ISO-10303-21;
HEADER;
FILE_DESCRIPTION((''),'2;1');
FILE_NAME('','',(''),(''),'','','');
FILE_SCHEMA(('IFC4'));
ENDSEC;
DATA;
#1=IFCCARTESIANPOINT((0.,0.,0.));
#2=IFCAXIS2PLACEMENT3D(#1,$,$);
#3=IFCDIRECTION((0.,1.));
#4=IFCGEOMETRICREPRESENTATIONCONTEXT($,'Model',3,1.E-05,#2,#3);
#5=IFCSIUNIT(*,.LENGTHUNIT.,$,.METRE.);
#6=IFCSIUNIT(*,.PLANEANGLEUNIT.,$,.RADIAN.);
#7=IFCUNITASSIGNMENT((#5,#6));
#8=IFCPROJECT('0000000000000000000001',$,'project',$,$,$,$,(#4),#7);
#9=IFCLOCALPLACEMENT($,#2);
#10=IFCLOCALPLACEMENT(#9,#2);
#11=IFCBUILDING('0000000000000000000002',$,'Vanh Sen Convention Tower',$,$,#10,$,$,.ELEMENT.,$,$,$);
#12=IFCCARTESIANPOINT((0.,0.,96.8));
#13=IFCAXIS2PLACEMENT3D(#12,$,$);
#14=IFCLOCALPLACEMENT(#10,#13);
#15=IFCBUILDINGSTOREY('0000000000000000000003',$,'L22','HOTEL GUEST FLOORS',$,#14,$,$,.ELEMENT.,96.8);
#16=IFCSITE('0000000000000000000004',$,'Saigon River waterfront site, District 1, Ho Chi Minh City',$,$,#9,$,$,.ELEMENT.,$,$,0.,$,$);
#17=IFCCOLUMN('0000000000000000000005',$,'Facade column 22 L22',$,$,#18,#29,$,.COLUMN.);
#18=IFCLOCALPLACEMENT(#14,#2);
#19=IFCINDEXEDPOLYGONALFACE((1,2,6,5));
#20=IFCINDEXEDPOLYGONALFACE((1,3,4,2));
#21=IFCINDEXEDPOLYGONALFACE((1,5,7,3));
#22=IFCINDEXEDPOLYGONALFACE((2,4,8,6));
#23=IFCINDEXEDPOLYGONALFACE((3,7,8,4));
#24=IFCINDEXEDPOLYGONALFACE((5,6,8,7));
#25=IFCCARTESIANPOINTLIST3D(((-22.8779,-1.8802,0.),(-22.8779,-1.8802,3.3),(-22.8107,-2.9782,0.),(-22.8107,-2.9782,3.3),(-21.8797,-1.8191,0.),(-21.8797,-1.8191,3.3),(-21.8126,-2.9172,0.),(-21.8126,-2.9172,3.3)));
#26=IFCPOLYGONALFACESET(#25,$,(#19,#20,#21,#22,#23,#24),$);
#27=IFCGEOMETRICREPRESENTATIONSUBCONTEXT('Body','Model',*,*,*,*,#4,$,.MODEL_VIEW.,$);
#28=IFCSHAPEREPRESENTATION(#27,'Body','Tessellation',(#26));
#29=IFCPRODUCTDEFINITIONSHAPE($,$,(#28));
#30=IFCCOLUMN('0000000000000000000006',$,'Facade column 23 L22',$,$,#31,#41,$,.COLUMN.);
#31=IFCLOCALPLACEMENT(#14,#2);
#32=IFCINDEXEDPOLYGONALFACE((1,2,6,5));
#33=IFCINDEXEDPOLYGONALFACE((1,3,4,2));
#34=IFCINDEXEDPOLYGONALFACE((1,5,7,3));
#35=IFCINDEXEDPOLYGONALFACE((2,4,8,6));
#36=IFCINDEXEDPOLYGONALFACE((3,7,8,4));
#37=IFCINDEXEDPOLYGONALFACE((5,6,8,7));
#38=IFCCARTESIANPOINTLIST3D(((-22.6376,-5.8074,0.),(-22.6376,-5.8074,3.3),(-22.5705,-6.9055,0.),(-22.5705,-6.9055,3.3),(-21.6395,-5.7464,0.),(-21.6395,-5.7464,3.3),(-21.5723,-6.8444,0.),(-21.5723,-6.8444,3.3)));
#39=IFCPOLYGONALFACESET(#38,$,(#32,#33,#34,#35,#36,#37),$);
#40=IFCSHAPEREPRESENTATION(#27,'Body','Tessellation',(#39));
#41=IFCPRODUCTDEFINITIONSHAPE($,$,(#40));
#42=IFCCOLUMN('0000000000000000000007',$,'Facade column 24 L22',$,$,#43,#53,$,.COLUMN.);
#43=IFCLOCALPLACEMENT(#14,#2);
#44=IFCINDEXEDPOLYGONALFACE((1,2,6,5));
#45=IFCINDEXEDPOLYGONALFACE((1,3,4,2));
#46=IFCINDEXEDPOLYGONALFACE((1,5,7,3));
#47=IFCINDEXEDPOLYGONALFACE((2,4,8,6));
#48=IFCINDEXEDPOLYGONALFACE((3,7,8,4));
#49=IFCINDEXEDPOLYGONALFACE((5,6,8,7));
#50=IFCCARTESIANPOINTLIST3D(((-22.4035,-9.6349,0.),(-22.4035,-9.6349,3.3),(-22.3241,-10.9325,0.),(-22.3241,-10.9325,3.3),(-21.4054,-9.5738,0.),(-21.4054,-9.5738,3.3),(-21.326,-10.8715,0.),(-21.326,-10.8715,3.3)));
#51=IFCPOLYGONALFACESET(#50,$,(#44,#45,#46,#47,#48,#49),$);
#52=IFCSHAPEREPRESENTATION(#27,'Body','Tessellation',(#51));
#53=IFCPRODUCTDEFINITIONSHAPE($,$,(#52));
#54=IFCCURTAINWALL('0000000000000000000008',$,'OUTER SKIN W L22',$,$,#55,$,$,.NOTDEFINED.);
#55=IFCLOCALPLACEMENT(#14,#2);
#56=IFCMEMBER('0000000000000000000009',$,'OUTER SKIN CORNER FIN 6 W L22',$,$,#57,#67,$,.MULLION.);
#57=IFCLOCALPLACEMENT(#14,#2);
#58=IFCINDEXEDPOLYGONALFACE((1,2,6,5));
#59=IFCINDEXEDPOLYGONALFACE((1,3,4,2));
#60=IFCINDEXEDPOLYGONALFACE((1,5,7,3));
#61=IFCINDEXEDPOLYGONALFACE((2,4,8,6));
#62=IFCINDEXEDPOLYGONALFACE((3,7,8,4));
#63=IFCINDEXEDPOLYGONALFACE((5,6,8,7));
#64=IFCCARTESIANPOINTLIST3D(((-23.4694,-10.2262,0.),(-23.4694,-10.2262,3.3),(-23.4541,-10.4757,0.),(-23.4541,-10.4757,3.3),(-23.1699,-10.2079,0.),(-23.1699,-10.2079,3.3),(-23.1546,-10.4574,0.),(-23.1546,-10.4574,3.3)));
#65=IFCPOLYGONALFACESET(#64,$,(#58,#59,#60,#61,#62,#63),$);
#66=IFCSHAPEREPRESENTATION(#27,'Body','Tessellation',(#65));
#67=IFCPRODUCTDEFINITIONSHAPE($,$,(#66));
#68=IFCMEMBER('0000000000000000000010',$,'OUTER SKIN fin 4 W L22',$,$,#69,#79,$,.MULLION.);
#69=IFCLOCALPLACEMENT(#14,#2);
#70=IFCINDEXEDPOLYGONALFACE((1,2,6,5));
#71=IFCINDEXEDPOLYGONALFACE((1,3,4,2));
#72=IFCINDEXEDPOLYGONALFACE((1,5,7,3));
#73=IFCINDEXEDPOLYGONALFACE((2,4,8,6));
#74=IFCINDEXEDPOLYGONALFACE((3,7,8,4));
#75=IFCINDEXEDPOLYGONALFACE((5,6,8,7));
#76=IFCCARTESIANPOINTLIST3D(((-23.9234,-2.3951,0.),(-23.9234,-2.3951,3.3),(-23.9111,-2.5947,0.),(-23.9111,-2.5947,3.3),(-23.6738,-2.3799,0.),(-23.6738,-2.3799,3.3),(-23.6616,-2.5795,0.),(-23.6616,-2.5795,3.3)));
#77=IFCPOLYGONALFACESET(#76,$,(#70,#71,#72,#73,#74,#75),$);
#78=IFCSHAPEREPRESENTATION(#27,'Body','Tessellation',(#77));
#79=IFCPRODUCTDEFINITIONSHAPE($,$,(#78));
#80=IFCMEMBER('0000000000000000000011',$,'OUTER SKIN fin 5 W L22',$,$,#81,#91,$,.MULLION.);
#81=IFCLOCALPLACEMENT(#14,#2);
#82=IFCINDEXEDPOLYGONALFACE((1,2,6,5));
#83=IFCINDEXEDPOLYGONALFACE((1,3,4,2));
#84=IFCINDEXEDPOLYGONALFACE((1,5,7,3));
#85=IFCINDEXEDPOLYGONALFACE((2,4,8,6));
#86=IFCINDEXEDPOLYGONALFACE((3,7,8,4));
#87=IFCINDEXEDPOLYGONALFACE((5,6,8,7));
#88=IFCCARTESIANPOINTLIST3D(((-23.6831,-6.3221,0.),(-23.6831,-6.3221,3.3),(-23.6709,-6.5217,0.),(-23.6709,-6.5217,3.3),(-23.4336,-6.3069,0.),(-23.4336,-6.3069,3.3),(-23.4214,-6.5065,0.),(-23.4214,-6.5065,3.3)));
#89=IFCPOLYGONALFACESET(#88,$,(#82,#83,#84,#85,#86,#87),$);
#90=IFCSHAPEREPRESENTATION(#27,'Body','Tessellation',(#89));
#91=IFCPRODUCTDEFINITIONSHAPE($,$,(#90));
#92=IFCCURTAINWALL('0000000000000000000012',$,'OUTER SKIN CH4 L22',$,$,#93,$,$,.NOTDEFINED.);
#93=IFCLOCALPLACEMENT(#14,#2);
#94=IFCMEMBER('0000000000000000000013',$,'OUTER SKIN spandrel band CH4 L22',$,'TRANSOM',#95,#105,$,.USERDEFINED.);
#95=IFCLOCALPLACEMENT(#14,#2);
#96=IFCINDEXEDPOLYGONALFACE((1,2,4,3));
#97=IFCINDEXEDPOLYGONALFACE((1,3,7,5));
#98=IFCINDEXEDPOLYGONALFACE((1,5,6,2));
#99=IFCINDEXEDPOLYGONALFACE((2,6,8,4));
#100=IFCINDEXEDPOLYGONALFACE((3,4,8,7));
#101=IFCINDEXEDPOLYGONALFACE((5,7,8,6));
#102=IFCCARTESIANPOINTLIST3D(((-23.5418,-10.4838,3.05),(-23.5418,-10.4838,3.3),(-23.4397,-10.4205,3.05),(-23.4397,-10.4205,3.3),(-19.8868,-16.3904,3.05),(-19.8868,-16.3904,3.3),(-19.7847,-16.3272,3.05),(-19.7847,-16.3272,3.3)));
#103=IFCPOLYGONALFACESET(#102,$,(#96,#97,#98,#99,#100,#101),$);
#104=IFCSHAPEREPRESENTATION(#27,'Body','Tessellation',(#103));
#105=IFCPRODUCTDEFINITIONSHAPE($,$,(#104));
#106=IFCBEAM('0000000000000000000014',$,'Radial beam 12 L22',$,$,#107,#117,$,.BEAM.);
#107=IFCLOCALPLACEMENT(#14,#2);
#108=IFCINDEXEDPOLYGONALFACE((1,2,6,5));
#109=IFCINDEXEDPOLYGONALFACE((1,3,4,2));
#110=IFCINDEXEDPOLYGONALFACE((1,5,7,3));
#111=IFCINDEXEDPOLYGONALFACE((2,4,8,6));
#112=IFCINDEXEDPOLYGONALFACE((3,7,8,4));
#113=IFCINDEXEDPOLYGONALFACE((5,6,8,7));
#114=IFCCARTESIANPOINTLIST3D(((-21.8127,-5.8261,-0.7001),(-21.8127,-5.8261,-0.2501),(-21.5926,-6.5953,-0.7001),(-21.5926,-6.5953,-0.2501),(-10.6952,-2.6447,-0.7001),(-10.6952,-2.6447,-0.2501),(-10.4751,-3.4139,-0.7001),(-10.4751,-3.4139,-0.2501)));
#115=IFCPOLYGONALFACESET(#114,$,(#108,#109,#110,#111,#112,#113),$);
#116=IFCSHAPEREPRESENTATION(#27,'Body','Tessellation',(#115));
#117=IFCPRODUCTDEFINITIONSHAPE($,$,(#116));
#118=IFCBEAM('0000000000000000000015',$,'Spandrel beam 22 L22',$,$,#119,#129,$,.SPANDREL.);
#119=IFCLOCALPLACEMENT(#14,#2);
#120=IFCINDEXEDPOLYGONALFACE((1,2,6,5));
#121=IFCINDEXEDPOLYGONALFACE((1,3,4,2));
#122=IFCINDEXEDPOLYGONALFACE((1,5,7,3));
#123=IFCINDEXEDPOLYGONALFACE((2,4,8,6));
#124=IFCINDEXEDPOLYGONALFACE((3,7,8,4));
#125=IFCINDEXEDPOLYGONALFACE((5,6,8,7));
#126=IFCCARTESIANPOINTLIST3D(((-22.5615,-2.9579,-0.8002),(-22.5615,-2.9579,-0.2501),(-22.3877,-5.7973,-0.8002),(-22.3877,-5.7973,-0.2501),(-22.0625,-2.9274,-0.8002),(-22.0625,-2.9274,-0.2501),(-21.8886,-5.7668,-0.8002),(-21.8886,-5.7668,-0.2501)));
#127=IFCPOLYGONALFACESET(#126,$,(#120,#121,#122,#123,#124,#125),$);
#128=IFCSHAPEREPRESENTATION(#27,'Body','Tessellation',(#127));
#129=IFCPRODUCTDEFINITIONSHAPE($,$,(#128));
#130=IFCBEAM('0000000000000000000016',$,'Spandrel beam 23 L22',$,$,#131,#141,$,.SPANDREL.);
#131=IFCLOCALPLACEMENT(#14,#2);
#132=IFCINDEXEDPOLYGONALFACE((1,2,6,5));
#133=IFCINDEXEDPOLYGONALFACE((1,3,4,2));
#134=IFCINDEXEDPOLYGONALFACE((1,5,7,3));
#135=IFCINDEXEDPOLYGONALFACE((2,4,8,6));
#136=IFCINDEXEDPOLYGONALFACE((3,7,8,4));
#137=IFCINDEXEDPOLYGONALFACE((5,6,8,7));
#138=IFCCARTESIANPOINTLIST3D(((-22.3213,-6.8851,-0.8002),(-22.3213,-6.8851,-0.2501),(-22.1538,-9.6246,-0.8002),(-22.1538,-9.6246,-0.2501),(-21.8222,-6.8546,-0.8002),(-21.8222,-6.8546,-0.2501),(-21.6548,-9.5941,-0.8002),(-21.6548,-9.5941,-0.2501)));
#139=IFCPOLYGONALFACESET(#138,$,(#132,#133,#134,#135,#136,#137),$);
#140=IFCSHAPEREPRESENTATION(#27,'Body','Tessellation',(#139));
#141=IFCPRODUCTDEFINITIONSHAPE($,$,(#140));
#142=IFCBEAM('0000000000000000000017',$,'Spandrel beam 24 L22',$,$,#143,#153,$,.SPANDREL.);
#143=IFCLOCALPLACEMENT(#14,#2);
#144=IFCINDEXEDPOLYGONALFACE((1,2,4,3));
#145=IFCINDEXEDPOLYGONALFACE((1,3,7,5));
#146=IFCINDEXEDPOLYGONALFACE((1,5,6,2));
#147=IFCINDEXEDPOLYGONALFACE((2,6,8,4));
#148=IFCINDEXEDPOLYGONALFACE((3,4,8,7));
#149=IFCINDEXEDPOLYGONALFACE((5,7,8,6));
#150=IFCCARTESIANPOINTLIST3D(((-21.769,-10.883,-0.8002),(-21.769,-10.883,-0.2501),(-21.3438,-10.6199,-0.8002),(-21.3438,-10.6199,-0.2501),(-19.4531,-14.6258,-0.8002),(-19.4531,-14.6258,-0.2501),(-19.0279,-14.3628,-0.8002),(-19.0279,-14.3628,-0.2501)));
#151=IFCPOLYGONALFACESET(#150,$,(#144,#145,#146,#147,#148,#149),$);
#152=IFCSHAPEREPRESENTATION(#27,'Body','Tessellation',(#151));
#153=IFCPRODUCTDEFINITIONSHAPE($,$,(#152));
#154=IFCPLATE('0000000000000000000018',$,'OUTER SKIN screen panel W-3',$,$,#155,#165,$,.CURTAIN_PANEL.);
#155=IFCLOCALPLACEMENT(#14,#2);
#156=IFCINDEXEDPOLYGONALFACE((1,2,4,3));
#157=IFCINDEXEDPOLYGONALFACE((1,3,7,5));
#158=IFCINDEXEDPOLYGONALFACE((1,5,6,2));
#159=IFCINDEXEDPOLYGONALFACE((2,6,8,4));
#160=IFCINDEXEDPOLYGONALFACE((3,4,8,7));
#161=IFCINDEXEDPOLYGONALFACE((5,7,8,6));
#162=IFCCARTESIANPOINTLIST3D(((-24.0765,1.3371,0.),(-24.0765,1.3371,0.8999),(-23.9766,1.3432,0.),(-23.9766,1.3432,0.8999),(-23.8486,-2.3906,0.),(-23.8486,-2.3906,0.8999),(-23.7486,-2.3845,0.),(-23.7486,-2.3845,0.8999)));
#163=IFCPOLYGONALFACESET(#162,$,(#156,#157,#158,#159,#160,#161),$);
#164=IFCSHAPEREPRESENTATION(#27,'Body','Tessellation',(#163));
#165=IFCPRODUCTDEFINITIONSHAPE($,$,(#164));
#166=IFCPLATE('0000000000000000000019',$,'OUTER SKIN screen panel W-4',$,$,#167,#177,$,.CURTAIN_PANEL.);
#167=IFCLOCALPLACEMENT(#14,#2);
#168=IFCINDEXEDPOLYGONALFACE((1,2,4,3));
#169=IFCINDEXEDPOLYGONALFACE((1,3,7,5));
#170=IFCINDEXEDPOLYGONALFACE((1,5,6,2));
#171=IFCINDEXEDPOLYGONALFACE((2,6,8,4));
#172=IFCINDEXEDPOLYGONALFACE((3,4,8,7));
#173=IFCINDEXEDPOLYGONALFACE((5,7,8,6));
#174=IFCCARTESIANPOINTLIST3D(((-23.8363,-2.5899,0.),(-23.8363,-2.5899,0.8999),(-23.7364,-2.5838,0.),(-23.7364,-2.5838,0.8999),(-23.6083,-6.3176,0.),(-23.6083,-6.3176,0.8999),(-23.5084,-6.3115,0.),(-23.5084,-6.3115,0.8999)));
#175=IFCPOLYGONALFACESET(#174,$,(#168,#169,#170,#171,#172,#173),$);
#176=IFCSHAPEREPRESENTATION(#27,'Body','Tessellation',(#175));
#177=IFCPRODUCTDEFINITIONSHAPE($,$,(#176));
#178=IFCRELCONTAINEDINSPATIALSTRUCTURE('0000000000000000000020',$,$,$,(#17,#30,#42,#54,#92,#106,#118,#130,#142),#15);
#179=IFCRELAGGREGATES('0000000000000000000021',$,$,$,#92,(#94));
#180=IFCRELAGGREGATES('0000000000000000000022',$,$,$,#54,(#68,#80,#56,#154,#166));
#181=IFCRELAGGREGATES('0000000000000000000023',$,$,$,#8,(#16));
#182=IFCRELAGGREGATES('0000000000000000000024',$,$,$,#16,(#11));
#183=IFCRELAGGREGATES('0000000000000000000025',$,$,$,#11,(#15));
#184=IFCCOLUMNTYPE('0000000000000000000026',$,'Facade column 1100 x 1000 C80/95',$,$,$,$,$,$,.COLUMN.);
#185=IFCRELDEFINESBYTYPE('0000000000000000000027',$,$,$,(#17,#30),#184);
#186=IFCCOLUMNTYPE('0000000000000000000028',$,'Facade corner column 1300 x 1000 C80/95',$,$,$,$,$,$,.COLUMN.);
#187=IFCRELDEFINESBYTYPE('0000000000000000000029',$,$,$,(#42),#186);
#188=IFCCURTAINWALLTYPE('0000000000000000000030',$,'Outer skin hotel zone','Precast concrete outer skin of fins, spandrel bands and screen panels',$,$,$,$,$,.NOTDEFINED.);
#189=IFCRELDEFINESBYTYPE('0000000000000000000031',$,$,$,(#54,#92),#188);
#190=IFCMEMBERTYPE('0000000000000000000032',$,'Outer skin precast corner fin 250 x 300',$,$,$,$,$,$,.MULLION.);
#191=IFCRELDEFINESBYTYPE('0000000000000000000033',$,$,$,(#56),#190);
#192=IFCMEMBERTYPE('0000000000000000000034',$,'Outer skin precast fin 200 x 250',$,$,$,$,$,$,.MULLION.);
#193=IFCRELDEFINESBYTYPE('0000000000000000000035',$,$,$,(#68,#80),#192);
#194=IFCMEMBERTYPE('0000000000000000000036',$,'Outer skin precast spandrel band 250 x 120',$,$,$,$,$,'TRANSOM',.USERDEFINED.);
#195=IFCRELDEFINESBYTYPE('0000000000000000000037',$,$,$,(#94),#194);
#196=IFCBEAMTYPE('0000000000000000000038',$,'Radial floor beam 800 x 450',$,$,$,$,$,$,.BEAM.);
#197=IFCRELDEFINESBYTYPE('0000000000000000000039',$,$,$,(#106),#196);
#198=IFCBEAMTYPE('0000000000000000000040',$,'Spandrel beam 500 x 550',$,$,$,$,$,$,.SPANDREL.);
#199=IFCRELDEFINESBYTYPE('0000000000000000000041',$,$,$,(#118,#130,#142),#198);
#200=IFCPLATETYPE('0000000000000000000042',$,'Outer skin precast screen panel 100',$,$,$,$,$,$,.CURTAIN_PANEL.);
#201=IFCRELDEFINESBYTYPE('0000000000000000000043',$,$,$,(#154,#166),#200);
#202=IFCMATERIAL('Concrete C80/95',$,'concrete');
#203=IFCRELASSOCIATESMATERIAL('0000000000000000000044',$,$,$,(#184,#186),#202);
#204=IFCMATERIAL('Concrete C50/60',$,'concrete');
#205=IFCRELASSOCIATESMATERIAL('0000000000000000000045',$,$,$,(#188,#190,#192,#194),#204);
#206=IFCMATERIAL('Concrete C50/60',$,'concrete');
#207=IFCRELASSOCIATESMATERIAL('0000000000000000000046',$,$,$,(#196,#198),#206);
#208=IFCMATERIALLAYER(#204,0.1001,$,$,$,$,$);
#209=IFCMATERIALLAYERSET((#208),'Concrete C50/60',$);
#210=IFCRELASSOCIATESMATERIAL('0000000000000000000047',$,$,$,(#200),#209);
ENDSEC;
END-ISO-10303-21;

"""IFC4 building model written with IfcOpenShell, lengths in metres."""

from ifc_helpers import new_model, si_unit, direction, frame, origin, origin_2d, place, context, subcontext, project, spatial, rectangle, extrude, material, layer, layer_set, material_profile, profile_set, type_object, element, aggregate, save


model = new_model("IFC4")

# Units and contexts
model_context = context("Model", 3, precision=1e-05, world=origin(), true_north=direction((0.0, 1.0)))
body_context = subcontext(model_context, "Body", "Model", "MODEL_VIEW")
ifc_project = project(units=[si_unit("LENGTHUNIT", "METRE"), si_unit("PLANEANGLEUNIT", "RADIAN")], contexts=[model_context])

# Site, building, storey
site_placement = place(None, origin())
site = spatial("IfcSite", under=ifc_project, at=site_placement, Name="Saigon River waterfront site, District 1, Ho Chi Minh City", CompositionType="ELEMENT", RefElevation=0.0)
building_placement = place(site_placement, origin())
building = spatial("IfcBuilding", under=site, at=building_placement, Name="Vanh Sen Convention Tower", CompositionType="ELEMENT")
storey_placement = place(building_placement, frame((0.0, 0.0, 96.8)))
storey = spatial("IfcBuildingStorey", under=building, at=storey_placement, Name="L22", Description="HOTEL GUEST FLOORS", CompositionType="ELEMENT", Elevation=96.8)

# Columns
ifc_material_1 = material(Name="Concrete C80/95", Category="concrete")
ifc_material_profile_1 = material_profile(ifc_material_1, rectangle(XDim=1.1001, YDim=1.0, at=origin_2d()), Name="RC 1100X1000")
ifc_profile_set_1 = profile_set([ifc_material_profile_1], Name="Concrete C80/95")
column_type_1 = type_object("IfcColumnType", Name="Facade column 1100 x 1000 C80/95", PredefinedType="COLUMN", material=ifc_profile_set_1)
for number, where, z_axis, x_axis, name in (
    (1, (-22.3452, -2.3987, 0.0), (0.0, 0.0, 1.0), (0.061049, -0.998135, 0.0), "Facade column 22 L22"),
    (2, (-22.105, -6.3259, 0.0), (0.0, 0.0, 1.0), (0.061049, -0.998135, 0.0), "Facade column 23 L22"),
):
    element("IfcColumn", number, at=place(storey_placement, frame(where, z_axis=z_axis, x_axis=x_axis)), inside=storey, type_object=column_type_1, Name=name, PredefinedType="COLUMN", context=body_context, shape_type="SweptSolid", body=[
        extrude(rectangle(XDim=1.1001, YDim=1.0, at=origin_2d()), origin(), (0.0, 0.0, 1.0), 3.3),
    ])
ifc_material_profile_2 = material_profile(ifc_material_1, rectangle(XDim=1.3, YDim=1.0, at=origin_2d()), Name="RC 1300X1000")
ifc_profile_set_2 = profile_set([ifc_material_profile_2], Name="Concrete C80/95")
column_type_2 = type_object("IfcColumnType", Name="Facade corner column 1300 x 1000 C80/95", PredefinedType="COLUMN", material=ifc_profile_set_2)
column_placement = place(storey_placement, frame((-21.8647, -10.2532, 0.0), z_axis=(0.0, 0.0, 1.0), x_axis=(0.061049, -0.998135, 0.0)))
element("IfcColumn", 3, at=column_placement, inside=storey, type_object=column_type_2, Name="Facade column 24 L22", PredefinedType="COLUMN", context=body_context, shape_type="SweptSolid", body=[
    extrude(rectangle(XDim=1.3, YDim=1.0, at=origin_2d()), origin(), (0.0, 0.0, 1.0), 3.3),
])

# Curtain wall, members
ifc_material_2 = material(Name="Concrete C50/60", Category="concrete")
curtain_wall_type = type_object("IfcCurtainWallType", Name="Outer skin hotel zone", Description="Precast concrete outer skin of fins, spandrel bands and screen panels", PredefinedType="NOTDEFINED", material=ifc_material_2)
curtain_wall_1_placement = place(storey_placement, origin())
curtain_wall_1 = element("IfcCurtainWall", 4, at=curtain_wall_1_placement, inside=storey, type_object=curtain_wall_type, Name="OUTER SKIN W L22", PredefinedType="NOTDEFINED")
ifc_material_profile_3 = material_profile(ifc_material_2, rectangle(XDim=0.25, YDim=0.3, at=origin_2d()), Name="Outer skin precast corner fin 250 x 300")
ifc_profile_set_3 = profile_set([ifc_material_profile_3], Name="Concrete C50/60")
member_type_1 = type_object("IfcMemberType", Name="Outer skin precast corner fin 250 x 300", PredefinedType="MULLION", material=ifc_profile_set_3)
member_1_placement = place(storey_placement, frame((-23.312, -10.3418, 0.0), z_axis=(0.0, 0.0, 1.0), x_axis=(0.061049, -0.998135, 0.0)))
member_1 = element("IfcMember", 5, at=member_1_placement, type_object=member_type_1, Name="OUTER SKIN CORNER FIN 6 W L22", PredefinedType="MULLION", context=body_context, shape_type="SweptSolid", body=[
    extrude(rectangle(XDim=0.25, YDim=0.3, at=origin_2d()), origin(), (0.0, 0.0, 1.0), 3.3),
])
ifc_material_profile_4 = material_profile(ifc_material_2, rectangle(XDim=0.2, YDim=0.25, at=origin_2d()), Name="Outer skin precast fin 200 x 250")
ifc_profile_set_4 = profile_set([ifc_material_profile_4], Name="Concrete C50/60")
member_type_2 = type_object("IfcMemberType", Name="Outer skin precast fin 200 x 250", PredefinedType="MULLION", material=ifc_profile_set_4)
member_2_placement = place(storey_placement, frame((-23.7925, -2.4873, 0.0), z_axis=(0.0, 0.0, 1.0), x_axis=(0.061049, -0.998135, 0.0)))
member_2 = element("IfcMember", 6, at=member_2_placement, type_object=member_type_2, Name="OUTER SKIN fin 4 W L22", PredefinedType="MULLION", context=body_context, shape_type="SweptSolid", body=[
    extrude(rectangle(XDim=0.2, YDim=0.25, at=origin_2d()), origin(), (0.0, 0.0, 1.0), 3.3),
])
member_3_placement = place(storey_placement, frame((-23.5522, -6.4143, 0.0), z_axis=(0.0, 0.0, 1.0), x_axis=(0.061049, -0.998135, 0.0)))
member_3 = element("IfcMember", 7, at=member_3_placement, type_object=member_type_2, Name="OUTER SKIN fin 5 W L22", PredefinedType="MULLION", context=body_context, shape_type="SweptSolid", body=[
    extrude(rectangle(XDim=0.2, YDim=0.25, at=origin_2d()), origin(), (0.0, 0.0, 1.0), 3.3),
])

# Curtain wall, member
curtain_wall_2_placement = place(storey_placement, origin())
curtain_wall_2 = element("IfcCurtainWall", 8, at=curtain_wall_2_placement, inside=storey, type_object=curtain_wall_type, Name="OUTER SKIN CH4 L22", PredefinedType="NOTDEFINED")
ifc_material_profile_5 = material_profile(ifc_material_2, rectangle(XDim=0.1201, YDim=0.25, at=origin_2d()), Name="Outer skin precast spandrel band 250 x 120")
ifc_profile_set_5 = profile_set([ifc_material_profile_5], Name="Concrete C50/60")
member_type_3 = type_object("IfcMemberType", Name="Outer skin precast spandrel band 250 x 120", ElementType="TRANSOM", PredefinedType="USERDEFINED", material=ifc_profile_set_5)
member_4_placement = place(storey_placement, frame((-23.4907, -10.4521, 3.175), z_axis=(0.526196, -0.850363, 0.0), x_axis=(0.850363, 0.526196, 0.0)))
member_4 = element("IfcMember", 9, at=member_4_placement, type_object=member_type_3, Name="OUTER SKIN spandrel band CH4 L22", ObjectType="TRANSOM", PredefinedType="USERDEFINED", context=body_context, shape_type="SweptSolid", body=[
    extrude(rectangle(XDim=0.1201, YDim=0.25, at=origin_2d()), origin(), (0.0, 0.0, 1.0), 6.946),
])
aggregate(curtain_wall_2, [member_4])

# Beams
ifc_material_3 = material(Name="Concrete C50/60", Category="concrete")
ifc_material_profile_6 = material_profile(ifc_material_3, rectangle(XDim=0.8, YDim=0.45, at=origin_2d()), Name="RC 800X450")
ifc_profile_set_6 = profile_set([ifc_material_profile_6], Name="Concrete C50/60")
beam_type_1 = type_object("IfcBeamType", Name="Radial floor beam 800 x 450", PredefinedType="BEAM", material=ifc_profile_set_6)
beam_1_placement = place(storey_placement, frame((-21.7026, -6.2107, -0.4751), z_axis=(0.96141, 0.27512, 0.0), x_axis=(-0.27512, 0.96141, 0.0)))
element("IfcBeam", 10, at=beam_1_placement, inside=storey, type_object=beam_type_1, Name="Radial beam 12 L22", PredefinedType="BEAM", context=body_context, shape_type="SweptSolid", body=[
    extrude(rectangle(XDim=0.8, YDim=0.45, at=origin_2d()), origin(), (0.0, 0.0, 1.0), 11.5637),
])
ifc_material_profile_7 = material_profile(ifc_material_3, rectangle(XDim=0.5, YDim=0.55, at=origin_2d()), Name="RC 500X550")
ifc_profile_set_7 = profile_set([ifc_material_profile_7], Name="Concrete C50/60")
beam_type_2 = type_object("IfcBeamType", Name="Spandrel beam 500 x 550", PredefinedType="SPANDREL", material=ifc_profile_set_7)
beam_2_placement = place(storey_placement, frame((-22.312, -2.9426, -0.5251), z_axis=(0.061107, -0.998131, 0.0), x_axis=(0.998131, 0.061107, 0.0)))
element("IfcBeam", 11, at=beam_2_placement, inside=storey, type_object=beam_type_2, Name="Spandrel beam 22 L22", PredefinedType="SPANDREL", context=body_context, shape_type="SweptSolid", body=[
    extrude(rectangle(XDim=0.5, YDim=0.55, at=origin_2d()), origin(), (0.0, 0.0, 1.0), 2.8447),
])
beam_3_placement = place(storey_placement, frame((-22.0718, -6.8699, -0.5251), z_axis=(0.061021, -0.998136, 0.0), x_axis=(0.998136, 0.061021, 0.0)))
element("IfcBeam", 12, at=beam_3_placement, inside=storey, type_object=beam_type_2, Name="Spandrel beam 23 L22", PredefinedType="SPANDREL", context=body_context, shape_type="SweptSolid", body=[
    extrude(rectangle(XDim=0.5, YDim=0.55, at=origin_2d()), origin(), (0.0, 0.0, 1.0), 2.7446),
])
beam_4_placement = place(storey_placement, frame((-21.5564, -10.7515, -0.5251), z_axis=(0.526169, -0.85038, 0.0), x_axis=(0.85038, 0.526169, 0.0)))
element("IfcBeam", 13, at=beam_4_placement, inside=storey, type_object=beam_type_2, Name="Spandrel beam 24 L22", PredefinedType="SPANDREL", context=body_context, shape_type="SweptSolid", body=[
    extrude(rectangle(XDim=0.5, YDim=0.55, at=origin_2d()), origin(), (0.0, 0.0, 1.0), 4.4014),
])

# Plates
ifc_layer_1 = layer(ifc_material_2, 0.1001)
ifc_layer_set_1 = layer_set([ifc_layer_1], Name="Concrete C50/60")
plate_type = type_object("IfcPlateType", Name="Outer skin precast screen panel 100", PredefinedType="CURTAIN_PANEL", material=ifc_layer_set_1)
plate_1_placement = place(storey_placement, frame((-23.9126, -0.5237, 0.0), z_axis=(0.0, 0.0, 1.0), x_axis=(0.061047, -0.998135, 0.0)))
plate_1 = element("IfcPlate", 14, at=plate_1_placement, type_object=plate_type, Name="OUTER SKIN screen panel W-3", PredefinedType="CURTAIN_PANEL", context=body_context, shape_type="SweptSolid", body=[
    extrude(rectangle(XDim=3.7346, YDim=0.1001, at=origin_2d()), origin(), (0.0, 0.0, 1.0), 0.8999),
])
plate_2_placement = place(storey_placement, frame((-23.6724, -4.4507, 0.0), z_axis=(0.0, 0.0, 1.0), x_axis=(0.061049, -0.998135, 0.0)))
plate_2 = element("IfcPlate", 15, at=plate_2_placement, type_object=plate_type, Name="OUTER SKIN screen panel W-4", PredefinedType="CURTAIN_PANEL", context=body_context, shape_type="SweptSolid", body=[
    extrude(rectangle(XDim=3.7346, YDim=0.1001, at=origin_2d()), origin(), (0.0, 0.0, 1.0), 0.8999),
])
aggregate(curtain_wall_1, [member_2, member_3, member_1, plate_1, plate_2])

save(model, "model.ifc")
